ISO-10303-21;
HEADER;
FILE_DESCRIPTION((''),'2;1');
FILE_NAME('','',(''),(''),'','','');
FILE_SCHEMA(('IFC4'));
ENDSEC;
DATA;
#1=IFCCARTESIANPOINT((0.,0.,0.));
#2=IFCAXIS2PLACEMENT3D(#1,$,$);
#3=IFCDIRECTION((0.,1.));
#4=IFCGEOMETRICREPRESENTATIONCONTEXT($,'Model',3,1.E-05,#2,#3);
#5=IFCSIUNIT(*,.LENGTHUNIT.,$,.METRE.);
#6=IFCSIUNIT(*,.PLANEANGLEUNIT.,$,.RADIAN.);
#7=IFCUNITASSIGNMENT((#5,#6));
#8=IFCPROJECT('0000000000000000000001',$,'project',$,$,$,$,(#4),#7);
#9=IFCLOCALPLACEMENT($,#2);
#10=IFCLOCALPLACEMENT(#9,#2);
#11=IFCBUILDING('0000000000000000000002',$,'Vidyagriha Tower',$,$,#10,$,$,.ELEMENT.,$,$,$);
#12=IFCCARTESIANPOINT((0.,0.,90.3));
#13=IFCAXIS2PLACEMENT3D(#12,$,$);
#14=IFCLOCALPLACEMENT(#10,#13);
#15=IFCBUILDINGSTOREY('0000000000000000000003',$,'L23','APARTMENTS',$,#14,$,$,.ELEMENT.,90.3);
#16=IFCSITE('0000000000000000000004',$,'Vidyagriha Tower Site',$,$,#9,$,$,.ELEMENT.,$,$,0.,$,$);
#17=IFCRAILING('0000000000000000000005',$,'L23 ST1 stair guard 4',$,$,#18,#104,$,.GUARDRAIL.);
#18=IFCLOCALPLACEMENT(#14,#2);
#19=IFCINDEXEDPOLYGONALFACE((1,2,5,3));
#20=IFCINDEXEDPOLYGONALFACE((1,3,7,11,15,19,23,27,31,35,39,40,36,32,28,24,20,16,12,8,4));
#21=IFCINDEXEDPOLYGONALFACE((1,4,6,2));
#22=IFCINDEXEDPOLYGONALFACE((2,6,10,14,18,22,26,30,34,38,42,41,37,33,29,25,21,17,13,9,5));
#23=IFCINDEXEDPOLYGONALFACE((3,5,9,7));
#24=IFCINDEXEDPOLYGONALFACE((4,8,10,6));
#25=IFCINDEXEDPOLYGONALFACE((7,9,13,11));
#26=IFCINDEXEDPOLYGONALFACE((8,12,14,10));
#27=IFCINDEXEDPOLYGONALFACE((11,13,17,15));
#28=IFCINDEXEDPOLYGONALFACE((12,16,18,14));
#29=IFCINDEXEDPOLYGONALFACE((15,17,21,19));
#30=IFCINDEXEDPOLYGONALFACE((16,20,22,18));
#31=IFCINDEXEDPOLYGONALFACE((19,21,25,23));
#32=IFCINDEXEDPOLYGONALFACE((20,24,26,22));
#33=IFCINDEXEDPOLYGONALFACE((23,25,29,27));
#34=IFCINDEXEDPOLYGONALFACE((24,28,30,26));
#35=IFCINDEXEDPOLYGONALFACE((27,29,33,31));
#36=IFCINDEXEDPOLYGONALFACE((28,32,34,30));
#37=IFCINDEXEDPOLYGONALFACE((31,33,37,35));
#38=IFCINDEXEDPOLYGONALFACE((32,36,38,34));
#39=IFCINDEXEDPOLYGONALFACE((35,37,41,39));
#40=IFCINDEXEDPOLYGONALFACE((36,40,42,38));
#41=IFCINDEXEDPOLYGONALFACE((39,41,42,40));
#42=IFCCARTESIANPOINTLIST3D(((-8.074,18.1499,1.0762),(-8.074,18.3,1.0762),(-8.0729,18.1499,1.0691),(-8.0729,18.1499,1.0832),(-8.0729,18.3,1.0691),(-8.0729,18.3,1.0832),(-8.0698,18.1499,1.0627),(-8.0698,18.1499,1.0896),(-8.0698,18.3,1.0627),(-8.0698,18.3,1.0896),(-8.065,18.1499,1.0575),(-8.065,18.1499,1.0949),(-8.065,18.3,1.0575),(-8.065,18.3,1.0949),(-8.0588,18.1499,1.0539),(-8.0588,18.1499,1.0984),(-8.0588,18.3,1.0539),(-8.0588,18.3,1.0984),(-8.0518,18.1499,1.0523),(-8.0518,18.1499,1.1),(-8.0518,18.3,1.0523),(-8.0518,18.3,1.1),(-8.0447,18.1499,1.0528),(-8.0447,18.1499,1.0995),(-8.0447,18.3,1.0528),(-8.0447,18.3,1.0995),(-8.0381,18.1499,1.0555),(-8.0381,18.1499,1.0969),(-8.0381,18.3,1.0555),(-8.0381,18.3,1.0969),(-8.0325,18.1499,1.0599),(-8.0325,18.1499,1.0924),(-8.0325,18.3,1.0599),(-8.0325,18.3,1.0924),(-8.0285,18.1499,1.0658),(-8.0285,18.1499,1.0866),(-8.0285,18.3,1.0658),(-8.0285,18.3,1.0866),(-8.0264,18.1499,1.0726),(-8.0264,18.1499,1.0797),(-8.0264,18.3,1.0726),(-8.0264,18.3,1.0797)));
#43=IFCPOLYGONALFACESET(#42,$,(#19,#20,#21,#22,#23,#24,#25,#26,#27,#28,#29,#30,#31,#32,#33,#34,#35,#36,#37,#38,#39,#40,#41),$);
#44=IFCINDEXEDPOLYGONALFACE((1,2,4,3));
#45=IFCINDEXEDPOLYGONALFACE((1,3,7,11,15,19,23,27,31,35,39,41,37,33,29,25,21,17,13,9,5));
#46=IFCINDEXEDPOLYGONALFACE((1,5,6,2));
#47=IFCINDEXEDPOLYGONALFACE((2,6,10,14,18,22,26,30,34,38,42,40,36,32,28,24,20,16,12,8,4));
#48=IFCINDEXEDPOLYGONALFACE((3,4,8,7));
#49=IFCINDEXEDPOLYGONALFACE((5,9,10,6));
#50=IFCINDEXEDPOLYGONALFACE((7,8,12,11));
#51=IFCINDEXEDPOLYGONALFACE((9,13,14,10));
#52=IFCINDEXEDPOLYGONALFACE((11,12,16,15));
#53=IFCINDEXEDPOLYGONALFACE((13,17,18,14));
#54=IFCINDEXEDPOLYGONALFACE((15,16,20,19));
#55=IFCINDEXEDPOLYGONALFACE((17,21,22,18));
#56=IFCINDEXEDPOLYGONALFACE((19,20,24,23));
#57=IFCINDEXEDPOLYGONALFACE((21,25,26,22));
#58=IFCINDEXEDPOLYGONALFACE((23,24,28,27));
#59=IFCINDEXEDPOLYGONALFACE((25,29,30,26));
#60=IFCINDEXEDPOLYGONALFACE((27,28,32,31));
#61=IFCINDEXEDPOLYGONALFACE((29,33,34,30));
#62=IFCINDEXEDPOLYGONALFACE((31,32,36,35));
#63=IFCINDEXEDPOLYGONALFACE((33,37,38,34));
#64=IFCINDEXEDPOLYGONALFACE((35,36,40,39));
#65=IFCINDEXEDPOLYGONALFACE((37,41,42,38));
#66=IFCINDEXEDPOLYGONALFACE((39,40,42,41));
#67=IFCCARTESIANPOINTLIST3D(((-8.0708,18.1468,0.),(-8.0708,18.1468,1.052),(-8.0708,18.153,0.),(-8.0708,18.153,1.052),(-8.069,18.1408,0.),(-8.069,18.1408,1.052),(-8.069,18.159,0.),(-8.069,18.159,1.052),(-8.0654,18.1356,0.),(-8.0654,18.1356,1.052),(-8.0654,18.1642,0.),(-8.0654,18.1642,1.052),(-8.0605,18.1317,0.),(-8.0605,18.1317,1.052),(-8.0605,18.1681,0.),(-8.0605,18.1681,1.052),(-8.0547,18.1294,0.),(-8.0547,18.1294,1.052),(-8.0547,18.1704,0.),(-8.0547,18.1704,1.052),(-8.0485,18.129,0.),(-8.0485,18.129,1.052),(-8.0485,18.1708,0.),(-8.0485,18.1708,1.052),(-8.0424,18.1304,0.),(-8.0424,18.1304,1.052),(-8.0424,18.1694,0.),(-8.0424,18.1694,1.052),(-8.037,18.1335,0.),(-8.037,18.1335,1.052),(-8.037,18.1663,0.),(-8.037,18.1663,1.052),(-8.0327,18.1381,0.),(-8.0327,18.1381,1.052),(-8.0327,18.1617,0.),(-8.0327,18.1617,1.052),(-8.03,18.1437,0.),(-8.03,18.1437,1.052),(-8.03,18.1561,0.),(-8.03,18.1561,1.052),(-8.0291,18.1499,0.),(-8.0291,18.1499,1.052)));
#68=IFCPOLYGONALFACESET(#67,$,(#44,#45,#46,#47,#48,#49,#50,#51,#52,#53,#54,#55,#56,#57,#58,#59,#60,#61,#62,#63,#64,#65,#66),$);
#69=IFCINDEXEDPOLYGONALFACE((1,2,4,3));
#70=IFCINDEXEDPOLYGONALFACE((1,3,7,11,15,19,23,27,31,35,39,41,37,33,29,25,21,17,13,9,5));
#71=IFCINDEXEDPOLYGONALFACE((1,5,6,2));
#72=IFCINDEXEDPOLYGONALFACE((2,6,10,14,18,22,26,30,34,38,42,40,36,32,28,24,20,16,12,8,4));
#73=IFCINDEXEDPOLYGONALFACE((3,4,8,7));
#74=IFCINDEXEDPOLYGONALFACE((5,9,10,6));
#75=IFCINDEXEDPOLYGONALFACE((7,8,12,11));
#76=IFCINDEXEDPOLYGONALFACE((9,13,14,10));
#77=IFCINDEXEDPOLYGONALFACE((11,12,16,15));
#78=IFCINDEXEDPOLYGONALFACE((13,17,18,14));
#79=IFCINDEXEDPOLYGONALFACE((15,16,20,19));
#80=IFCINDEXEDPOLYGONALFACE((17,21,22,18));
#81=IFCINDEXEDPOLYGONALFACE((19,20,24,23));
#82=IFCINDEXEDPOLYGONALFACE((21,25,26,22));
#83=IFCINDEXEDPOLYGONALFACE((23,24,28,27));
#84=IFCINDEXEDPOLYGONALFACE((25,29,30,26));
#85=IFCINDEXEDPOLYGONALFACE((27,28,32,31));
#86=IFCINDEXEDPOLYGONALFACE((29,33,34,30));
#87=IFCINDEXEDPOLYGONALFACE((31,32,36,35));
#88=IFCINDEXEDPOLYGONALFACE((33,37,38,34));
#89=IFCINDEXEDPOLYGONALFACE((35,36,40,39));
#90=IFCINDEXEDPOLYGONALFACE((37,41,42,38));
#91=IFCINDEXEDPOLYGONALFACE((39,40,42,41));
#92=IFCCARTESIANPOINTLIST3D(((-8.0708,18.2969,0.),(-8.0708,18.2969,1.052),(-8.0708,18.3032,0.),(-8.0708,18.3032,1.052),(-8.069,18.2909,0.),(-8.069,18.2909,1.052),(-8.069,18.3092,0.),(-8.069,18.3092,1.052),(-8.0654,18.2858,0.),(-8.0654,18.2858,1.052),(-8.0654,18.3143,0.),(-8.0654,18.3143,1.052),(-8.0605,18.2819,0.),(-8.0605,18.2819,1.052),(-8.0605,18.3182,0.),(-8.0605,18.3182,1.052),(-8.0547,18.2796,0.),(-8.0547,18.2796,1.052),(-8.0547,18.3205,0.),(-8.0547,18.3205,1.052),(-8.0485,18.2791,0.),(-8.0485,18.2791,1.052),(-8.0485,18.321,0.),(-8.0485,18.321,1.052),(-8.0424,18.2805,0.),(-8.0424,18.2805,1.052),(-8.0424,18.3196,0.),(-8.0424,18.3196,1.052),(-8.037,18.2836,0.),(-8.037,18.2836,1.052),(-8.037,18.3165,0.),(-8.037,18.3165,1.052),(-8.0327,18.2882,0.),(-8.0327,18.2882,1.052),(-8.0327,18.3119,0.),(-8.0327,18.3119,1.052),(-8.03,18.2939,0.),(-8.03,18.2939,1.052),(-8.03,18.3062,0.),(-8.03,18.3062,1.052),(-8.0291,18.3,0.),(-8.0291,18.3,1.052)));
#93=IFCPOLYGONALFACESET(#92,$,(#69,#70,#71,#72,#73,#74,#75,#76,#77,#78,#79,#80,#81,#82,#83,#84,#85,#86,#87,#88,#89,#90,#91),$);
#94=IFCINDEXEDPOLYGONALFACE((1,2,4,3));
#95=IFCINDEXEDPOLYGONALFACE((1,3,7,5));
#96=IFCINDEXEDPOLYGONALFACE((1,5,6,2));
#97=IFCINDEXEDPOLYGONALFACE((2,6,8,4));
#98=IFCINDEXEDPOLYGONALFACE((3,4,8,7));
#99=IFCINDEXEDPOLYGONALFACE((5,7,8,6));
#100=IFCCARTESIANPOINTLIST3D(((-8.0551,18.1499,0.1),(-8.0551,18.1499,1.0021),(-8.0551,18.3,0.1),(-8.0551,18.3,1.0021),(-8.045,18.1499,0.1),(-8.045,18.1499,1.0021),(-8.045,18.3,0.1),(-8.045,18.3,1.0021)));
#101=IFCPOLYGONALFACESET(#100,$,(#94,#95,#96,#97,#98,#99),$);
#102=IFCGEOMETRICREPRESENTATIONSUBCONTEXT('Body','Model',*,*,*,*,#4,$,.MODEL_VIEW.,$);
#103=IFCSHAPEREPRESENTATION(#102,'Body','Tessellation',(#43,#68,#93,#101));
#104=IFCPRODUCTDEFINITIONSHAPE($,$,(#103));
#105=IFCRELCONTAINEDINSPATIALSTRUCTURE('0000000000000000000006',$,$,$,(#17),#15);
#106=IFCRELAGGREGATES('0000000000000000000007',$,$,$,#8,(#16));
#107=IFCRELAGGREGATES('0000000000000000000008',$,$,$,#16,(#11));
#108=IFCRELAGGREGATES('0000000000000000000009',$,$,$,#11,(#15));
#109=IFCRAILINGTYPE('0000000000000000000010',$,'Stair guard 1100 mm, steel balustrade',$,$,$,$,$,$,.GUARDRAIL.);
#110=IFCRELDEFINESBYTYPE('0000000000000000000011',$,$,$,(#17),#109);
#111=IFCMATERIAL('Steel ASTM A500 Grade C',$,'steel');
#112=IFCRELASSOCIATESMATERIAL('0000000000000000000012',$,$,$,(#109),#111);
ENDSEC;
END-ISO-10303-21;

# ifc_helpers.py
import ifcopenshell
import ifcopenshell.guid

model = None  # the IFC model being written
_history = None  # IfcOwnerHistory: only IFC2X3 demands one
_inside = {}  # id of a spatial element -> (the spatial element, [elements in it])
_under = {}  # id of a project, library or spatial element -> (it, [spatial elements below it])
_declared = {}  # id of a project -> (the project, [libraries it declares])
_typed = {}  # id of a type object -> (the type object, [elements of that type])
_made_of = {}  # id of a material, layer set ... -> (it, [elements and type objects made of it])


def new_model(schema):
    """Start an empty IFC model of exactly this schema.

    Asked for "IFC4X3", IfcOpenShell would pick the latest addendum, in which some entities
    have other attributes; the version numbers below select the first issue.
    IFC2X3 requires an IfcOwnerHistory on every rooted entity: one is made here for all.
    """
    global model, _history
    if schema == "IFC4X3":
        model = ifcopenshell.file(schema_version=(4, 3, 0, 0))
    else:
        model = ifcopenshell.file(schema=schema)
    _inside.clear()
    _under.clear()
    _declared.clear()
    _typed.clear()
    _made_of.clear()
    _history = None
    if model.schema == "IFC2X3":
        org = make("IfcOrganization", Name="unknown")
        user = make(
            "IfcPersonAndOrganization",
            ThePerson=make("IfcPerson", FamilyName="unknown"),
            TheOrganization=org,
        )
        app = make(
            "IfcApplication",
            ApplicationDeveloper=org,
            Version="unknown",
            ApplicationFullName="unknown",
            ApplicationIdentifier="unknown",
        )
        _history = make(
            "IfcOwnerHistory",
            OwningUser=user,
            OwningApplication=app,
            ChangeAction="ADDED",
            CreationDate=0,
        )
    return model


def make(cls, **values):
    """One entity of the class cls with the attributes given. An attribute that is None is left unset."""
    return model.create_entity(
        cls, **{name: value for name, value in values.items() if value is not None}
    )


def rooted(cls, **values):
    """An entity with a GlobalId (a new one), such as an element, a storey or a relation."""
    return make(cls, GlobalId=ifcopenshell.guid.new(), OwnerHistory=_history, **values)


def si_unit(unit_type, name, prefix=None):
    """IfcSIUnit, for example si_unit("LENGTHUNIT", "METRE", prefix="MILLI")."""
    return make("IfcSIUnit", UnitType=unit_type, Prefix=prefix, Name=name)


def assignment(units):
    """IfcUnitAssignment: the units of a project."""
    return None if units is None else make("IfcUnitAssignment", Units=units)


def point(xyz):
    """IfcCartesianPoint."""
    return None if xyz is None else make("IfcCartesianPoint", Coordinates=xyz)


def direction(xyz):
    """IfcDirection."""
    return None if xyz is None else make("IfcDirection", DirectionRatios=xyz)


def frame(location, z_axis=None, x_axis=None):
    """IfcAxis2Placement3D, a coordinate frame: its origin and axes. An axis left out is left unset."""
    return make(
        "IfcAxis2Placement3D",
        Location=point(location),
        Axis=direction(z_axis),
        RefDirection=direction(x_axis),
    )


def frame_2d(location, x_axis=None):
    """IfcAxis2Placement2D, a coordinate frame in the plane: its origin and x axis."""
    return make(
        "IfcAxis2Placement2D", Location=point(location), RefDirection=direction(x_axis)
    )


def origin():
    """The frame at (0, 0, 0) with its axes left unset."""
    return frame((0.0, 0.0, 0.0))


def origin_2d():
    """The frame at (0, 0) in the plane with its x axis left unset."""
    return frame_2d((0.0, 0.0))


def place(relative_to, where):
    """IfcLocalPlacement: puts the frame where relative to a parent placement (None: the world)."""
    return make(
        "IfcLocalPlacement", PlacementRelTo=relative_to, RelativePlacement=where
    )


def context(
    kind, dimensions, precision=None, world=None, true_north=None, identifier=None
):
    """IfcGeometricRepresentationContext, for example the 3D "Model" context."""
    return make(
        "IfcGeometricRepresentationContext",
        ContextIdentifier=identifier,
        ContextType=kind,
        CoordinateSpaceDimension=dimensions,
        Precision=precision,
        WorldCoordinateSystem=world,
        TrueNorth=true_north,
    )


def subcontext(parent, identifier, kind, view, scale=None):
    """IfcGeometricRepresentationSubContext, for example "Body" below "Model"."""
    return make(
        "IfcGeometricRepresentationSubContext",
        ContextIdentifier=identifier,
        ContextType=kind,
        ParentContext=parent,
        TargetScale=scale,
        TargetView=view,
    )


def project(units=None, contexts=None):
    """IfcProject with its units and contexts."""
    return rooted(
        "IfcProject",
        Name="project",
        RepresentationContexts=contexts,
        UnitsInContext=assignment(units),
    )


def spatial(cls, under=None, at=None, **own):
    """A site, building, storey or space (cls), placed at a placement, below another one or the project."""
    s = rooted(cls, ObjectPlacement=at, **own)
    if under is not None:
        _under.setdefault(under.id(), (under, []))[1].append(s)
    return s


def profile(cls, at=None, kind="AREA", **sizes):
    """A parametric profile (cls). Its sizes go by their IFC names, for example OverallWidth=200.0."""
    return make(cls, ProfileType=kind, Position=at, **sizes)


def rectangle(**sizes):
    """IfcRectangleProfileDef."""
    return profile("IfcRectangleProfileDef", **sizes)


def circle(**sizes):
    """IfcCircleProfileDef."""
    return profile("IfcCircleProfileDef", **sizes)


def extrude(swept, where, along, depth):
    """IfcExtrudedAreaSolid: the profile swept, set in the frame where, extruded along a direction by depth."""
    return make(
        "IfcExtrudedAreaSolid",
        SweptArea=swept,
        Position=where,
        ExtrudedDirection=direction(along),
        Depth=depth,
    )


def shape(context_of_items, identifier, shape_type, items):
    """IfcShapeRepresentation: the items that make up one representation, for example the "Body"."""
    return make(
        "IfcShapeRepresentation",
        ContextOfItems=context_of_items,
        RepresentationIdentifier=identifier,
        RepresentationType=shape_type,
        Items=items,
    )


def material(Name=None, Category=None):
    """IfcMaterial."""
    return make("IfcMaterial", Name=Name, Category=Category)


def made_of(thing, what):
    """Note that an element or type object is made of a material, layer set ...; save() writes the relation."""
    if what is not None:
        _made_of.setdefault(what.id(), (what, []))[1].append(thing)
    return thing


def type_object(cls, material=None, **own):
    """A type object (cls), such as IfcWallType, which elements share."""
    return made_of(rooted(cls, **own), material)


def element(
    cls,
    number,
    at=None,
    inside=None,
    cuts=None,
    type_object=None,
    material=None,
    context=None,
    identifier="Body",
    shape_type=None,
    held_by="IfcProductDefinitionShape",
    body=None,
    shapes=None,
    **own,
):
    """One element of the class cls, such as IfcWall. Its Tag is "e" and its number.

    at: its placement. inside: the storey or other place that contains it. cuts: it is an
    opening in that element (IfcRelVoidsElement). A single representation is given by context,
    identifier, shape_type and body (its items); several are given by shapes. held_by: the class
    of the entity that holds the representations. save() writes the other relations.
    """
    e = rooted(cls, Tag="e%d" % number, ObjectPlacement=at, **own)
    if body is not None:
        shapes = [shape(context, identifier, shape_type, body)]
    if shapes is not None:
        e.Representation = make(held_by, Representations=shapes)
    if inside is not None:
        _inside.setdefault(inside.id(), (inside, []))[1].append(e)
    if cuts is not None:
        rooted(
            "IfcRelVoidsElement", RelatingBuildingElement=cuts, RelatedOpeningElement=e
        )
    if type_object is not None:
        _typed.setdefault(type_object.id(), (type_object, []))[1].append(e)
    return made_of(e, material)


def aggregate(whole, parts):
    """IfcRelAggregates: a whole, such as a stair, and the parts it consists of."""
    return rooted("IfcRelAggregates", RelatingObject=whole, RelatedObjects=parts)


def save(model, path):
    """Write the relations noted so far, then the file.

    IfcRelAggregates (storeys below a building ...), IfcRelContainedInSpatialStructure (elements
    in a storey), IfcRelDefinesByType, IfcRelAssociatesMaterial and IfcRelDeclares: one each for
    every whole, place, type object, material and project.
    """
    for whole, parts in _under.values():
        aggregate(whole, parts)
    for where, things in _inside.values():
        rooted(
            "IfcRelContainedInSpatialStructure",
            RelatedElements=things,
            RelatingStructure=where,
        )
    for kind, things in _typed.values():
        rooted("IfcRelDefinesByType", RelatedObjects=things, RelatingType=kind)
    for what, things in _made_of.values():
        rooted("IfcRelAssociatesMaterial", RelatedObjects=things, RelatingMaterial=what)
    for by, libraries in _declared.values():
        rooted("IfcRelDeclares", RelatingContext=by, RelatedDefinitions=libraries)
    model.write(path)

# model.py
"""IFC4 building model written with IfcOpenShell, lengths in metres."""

from ifc_helpers import new_model, si_unit, direction, frame, origin, origin_2d, place, context, subcontext, project, spatial, rectangle, circle, extrude, material, type_object, element, save


model = new_model("IFC4")

# Units and contexts
model_context = context("Model", 3, precision=1e-05, world=origin(), true_north=direction((0.0, 1.0)))
body_context = subcontext(model_context, "Body", "Model", "MODEL_VIEW")
ifc_project = project(units=[si_unit("LENGTHUNIT", "METRE"), si_unit("PLANEANGLEUNIT", "RADIAN")], contexts=[model_context])

# Site, building, storey
site_placement = place(None, origin())
site = spatial("IfcSite", under=ifc_project, at=site_placement, Name="Vidyagriha Tower Site", CompositionType="ELEMENT", RefElevation=0.0)
building_placement = place(site_placement, origin())
building = spatial("IfcBuilding", under=site, at=building_placement, Name="Vidyagriha Tower", CompositionType="ELEMENT")
storey_placement = place(building_placement, frame((0.0, 0.0, 90.3)))
storey = spatial("IfcBuildingStorey", under=building, at=storey_placement, Name="L23", Description="APARTMENTS", CompositionType="ELEMENT", Elevation=90.3)

# Railing
ifc_material_1 = material(Name="Steel ASTM A500 Grade C", Category="steel")
railing_type_1 = type_object("IfcRailingType", Name="Stair guard 1100 mm, steel balustrade", PredefinedType="GUARDRAIL", material=ifc_material_1)
railing_1_placement = place(storey_placement, frame((-8.05, 18.1499, 0.0)))
element("IfcRailing", 1, at=railing_1_placement, inside=storey, type_object=railing_type_1, Name="L23 ST1 stair guard 4", PredefinedType="GUARDRAIL", context=body_context, shape_type="SweptSolid", body=[
    extrude(circle(Radius=0.0239, at=origin_2d()), frame((0.0, 0.0, 1.0762), z_axis=(0.0, 1.0, 0.0), x_axis=(-1.0, 0.0, 0.0)), (0.0, 0.0, 1.0), 0.1501),
    extrude(circle(Radius=0.021, at=origin_2d()), origin(), (0.0, 0.0, 1.0), 1.052),
    extrude(circle(Radius=0.021, at=origin_2d()), frame((0.0, 0.1501, 0.0)), (0.0, 0.0, 1.0), 1.052),
    extrude(rectangle(XDim=0.01, YDim=0.9021, at=origin_2d()), frame((0.0, 0.0, 0.551), z_axis=(0.0, 1.0, 0.0), x_axis=(-1.0, 0.0, 0.0)), (0.0, 0.0, 1.0), 0.1501),
])

save(model, "model.ifc")
